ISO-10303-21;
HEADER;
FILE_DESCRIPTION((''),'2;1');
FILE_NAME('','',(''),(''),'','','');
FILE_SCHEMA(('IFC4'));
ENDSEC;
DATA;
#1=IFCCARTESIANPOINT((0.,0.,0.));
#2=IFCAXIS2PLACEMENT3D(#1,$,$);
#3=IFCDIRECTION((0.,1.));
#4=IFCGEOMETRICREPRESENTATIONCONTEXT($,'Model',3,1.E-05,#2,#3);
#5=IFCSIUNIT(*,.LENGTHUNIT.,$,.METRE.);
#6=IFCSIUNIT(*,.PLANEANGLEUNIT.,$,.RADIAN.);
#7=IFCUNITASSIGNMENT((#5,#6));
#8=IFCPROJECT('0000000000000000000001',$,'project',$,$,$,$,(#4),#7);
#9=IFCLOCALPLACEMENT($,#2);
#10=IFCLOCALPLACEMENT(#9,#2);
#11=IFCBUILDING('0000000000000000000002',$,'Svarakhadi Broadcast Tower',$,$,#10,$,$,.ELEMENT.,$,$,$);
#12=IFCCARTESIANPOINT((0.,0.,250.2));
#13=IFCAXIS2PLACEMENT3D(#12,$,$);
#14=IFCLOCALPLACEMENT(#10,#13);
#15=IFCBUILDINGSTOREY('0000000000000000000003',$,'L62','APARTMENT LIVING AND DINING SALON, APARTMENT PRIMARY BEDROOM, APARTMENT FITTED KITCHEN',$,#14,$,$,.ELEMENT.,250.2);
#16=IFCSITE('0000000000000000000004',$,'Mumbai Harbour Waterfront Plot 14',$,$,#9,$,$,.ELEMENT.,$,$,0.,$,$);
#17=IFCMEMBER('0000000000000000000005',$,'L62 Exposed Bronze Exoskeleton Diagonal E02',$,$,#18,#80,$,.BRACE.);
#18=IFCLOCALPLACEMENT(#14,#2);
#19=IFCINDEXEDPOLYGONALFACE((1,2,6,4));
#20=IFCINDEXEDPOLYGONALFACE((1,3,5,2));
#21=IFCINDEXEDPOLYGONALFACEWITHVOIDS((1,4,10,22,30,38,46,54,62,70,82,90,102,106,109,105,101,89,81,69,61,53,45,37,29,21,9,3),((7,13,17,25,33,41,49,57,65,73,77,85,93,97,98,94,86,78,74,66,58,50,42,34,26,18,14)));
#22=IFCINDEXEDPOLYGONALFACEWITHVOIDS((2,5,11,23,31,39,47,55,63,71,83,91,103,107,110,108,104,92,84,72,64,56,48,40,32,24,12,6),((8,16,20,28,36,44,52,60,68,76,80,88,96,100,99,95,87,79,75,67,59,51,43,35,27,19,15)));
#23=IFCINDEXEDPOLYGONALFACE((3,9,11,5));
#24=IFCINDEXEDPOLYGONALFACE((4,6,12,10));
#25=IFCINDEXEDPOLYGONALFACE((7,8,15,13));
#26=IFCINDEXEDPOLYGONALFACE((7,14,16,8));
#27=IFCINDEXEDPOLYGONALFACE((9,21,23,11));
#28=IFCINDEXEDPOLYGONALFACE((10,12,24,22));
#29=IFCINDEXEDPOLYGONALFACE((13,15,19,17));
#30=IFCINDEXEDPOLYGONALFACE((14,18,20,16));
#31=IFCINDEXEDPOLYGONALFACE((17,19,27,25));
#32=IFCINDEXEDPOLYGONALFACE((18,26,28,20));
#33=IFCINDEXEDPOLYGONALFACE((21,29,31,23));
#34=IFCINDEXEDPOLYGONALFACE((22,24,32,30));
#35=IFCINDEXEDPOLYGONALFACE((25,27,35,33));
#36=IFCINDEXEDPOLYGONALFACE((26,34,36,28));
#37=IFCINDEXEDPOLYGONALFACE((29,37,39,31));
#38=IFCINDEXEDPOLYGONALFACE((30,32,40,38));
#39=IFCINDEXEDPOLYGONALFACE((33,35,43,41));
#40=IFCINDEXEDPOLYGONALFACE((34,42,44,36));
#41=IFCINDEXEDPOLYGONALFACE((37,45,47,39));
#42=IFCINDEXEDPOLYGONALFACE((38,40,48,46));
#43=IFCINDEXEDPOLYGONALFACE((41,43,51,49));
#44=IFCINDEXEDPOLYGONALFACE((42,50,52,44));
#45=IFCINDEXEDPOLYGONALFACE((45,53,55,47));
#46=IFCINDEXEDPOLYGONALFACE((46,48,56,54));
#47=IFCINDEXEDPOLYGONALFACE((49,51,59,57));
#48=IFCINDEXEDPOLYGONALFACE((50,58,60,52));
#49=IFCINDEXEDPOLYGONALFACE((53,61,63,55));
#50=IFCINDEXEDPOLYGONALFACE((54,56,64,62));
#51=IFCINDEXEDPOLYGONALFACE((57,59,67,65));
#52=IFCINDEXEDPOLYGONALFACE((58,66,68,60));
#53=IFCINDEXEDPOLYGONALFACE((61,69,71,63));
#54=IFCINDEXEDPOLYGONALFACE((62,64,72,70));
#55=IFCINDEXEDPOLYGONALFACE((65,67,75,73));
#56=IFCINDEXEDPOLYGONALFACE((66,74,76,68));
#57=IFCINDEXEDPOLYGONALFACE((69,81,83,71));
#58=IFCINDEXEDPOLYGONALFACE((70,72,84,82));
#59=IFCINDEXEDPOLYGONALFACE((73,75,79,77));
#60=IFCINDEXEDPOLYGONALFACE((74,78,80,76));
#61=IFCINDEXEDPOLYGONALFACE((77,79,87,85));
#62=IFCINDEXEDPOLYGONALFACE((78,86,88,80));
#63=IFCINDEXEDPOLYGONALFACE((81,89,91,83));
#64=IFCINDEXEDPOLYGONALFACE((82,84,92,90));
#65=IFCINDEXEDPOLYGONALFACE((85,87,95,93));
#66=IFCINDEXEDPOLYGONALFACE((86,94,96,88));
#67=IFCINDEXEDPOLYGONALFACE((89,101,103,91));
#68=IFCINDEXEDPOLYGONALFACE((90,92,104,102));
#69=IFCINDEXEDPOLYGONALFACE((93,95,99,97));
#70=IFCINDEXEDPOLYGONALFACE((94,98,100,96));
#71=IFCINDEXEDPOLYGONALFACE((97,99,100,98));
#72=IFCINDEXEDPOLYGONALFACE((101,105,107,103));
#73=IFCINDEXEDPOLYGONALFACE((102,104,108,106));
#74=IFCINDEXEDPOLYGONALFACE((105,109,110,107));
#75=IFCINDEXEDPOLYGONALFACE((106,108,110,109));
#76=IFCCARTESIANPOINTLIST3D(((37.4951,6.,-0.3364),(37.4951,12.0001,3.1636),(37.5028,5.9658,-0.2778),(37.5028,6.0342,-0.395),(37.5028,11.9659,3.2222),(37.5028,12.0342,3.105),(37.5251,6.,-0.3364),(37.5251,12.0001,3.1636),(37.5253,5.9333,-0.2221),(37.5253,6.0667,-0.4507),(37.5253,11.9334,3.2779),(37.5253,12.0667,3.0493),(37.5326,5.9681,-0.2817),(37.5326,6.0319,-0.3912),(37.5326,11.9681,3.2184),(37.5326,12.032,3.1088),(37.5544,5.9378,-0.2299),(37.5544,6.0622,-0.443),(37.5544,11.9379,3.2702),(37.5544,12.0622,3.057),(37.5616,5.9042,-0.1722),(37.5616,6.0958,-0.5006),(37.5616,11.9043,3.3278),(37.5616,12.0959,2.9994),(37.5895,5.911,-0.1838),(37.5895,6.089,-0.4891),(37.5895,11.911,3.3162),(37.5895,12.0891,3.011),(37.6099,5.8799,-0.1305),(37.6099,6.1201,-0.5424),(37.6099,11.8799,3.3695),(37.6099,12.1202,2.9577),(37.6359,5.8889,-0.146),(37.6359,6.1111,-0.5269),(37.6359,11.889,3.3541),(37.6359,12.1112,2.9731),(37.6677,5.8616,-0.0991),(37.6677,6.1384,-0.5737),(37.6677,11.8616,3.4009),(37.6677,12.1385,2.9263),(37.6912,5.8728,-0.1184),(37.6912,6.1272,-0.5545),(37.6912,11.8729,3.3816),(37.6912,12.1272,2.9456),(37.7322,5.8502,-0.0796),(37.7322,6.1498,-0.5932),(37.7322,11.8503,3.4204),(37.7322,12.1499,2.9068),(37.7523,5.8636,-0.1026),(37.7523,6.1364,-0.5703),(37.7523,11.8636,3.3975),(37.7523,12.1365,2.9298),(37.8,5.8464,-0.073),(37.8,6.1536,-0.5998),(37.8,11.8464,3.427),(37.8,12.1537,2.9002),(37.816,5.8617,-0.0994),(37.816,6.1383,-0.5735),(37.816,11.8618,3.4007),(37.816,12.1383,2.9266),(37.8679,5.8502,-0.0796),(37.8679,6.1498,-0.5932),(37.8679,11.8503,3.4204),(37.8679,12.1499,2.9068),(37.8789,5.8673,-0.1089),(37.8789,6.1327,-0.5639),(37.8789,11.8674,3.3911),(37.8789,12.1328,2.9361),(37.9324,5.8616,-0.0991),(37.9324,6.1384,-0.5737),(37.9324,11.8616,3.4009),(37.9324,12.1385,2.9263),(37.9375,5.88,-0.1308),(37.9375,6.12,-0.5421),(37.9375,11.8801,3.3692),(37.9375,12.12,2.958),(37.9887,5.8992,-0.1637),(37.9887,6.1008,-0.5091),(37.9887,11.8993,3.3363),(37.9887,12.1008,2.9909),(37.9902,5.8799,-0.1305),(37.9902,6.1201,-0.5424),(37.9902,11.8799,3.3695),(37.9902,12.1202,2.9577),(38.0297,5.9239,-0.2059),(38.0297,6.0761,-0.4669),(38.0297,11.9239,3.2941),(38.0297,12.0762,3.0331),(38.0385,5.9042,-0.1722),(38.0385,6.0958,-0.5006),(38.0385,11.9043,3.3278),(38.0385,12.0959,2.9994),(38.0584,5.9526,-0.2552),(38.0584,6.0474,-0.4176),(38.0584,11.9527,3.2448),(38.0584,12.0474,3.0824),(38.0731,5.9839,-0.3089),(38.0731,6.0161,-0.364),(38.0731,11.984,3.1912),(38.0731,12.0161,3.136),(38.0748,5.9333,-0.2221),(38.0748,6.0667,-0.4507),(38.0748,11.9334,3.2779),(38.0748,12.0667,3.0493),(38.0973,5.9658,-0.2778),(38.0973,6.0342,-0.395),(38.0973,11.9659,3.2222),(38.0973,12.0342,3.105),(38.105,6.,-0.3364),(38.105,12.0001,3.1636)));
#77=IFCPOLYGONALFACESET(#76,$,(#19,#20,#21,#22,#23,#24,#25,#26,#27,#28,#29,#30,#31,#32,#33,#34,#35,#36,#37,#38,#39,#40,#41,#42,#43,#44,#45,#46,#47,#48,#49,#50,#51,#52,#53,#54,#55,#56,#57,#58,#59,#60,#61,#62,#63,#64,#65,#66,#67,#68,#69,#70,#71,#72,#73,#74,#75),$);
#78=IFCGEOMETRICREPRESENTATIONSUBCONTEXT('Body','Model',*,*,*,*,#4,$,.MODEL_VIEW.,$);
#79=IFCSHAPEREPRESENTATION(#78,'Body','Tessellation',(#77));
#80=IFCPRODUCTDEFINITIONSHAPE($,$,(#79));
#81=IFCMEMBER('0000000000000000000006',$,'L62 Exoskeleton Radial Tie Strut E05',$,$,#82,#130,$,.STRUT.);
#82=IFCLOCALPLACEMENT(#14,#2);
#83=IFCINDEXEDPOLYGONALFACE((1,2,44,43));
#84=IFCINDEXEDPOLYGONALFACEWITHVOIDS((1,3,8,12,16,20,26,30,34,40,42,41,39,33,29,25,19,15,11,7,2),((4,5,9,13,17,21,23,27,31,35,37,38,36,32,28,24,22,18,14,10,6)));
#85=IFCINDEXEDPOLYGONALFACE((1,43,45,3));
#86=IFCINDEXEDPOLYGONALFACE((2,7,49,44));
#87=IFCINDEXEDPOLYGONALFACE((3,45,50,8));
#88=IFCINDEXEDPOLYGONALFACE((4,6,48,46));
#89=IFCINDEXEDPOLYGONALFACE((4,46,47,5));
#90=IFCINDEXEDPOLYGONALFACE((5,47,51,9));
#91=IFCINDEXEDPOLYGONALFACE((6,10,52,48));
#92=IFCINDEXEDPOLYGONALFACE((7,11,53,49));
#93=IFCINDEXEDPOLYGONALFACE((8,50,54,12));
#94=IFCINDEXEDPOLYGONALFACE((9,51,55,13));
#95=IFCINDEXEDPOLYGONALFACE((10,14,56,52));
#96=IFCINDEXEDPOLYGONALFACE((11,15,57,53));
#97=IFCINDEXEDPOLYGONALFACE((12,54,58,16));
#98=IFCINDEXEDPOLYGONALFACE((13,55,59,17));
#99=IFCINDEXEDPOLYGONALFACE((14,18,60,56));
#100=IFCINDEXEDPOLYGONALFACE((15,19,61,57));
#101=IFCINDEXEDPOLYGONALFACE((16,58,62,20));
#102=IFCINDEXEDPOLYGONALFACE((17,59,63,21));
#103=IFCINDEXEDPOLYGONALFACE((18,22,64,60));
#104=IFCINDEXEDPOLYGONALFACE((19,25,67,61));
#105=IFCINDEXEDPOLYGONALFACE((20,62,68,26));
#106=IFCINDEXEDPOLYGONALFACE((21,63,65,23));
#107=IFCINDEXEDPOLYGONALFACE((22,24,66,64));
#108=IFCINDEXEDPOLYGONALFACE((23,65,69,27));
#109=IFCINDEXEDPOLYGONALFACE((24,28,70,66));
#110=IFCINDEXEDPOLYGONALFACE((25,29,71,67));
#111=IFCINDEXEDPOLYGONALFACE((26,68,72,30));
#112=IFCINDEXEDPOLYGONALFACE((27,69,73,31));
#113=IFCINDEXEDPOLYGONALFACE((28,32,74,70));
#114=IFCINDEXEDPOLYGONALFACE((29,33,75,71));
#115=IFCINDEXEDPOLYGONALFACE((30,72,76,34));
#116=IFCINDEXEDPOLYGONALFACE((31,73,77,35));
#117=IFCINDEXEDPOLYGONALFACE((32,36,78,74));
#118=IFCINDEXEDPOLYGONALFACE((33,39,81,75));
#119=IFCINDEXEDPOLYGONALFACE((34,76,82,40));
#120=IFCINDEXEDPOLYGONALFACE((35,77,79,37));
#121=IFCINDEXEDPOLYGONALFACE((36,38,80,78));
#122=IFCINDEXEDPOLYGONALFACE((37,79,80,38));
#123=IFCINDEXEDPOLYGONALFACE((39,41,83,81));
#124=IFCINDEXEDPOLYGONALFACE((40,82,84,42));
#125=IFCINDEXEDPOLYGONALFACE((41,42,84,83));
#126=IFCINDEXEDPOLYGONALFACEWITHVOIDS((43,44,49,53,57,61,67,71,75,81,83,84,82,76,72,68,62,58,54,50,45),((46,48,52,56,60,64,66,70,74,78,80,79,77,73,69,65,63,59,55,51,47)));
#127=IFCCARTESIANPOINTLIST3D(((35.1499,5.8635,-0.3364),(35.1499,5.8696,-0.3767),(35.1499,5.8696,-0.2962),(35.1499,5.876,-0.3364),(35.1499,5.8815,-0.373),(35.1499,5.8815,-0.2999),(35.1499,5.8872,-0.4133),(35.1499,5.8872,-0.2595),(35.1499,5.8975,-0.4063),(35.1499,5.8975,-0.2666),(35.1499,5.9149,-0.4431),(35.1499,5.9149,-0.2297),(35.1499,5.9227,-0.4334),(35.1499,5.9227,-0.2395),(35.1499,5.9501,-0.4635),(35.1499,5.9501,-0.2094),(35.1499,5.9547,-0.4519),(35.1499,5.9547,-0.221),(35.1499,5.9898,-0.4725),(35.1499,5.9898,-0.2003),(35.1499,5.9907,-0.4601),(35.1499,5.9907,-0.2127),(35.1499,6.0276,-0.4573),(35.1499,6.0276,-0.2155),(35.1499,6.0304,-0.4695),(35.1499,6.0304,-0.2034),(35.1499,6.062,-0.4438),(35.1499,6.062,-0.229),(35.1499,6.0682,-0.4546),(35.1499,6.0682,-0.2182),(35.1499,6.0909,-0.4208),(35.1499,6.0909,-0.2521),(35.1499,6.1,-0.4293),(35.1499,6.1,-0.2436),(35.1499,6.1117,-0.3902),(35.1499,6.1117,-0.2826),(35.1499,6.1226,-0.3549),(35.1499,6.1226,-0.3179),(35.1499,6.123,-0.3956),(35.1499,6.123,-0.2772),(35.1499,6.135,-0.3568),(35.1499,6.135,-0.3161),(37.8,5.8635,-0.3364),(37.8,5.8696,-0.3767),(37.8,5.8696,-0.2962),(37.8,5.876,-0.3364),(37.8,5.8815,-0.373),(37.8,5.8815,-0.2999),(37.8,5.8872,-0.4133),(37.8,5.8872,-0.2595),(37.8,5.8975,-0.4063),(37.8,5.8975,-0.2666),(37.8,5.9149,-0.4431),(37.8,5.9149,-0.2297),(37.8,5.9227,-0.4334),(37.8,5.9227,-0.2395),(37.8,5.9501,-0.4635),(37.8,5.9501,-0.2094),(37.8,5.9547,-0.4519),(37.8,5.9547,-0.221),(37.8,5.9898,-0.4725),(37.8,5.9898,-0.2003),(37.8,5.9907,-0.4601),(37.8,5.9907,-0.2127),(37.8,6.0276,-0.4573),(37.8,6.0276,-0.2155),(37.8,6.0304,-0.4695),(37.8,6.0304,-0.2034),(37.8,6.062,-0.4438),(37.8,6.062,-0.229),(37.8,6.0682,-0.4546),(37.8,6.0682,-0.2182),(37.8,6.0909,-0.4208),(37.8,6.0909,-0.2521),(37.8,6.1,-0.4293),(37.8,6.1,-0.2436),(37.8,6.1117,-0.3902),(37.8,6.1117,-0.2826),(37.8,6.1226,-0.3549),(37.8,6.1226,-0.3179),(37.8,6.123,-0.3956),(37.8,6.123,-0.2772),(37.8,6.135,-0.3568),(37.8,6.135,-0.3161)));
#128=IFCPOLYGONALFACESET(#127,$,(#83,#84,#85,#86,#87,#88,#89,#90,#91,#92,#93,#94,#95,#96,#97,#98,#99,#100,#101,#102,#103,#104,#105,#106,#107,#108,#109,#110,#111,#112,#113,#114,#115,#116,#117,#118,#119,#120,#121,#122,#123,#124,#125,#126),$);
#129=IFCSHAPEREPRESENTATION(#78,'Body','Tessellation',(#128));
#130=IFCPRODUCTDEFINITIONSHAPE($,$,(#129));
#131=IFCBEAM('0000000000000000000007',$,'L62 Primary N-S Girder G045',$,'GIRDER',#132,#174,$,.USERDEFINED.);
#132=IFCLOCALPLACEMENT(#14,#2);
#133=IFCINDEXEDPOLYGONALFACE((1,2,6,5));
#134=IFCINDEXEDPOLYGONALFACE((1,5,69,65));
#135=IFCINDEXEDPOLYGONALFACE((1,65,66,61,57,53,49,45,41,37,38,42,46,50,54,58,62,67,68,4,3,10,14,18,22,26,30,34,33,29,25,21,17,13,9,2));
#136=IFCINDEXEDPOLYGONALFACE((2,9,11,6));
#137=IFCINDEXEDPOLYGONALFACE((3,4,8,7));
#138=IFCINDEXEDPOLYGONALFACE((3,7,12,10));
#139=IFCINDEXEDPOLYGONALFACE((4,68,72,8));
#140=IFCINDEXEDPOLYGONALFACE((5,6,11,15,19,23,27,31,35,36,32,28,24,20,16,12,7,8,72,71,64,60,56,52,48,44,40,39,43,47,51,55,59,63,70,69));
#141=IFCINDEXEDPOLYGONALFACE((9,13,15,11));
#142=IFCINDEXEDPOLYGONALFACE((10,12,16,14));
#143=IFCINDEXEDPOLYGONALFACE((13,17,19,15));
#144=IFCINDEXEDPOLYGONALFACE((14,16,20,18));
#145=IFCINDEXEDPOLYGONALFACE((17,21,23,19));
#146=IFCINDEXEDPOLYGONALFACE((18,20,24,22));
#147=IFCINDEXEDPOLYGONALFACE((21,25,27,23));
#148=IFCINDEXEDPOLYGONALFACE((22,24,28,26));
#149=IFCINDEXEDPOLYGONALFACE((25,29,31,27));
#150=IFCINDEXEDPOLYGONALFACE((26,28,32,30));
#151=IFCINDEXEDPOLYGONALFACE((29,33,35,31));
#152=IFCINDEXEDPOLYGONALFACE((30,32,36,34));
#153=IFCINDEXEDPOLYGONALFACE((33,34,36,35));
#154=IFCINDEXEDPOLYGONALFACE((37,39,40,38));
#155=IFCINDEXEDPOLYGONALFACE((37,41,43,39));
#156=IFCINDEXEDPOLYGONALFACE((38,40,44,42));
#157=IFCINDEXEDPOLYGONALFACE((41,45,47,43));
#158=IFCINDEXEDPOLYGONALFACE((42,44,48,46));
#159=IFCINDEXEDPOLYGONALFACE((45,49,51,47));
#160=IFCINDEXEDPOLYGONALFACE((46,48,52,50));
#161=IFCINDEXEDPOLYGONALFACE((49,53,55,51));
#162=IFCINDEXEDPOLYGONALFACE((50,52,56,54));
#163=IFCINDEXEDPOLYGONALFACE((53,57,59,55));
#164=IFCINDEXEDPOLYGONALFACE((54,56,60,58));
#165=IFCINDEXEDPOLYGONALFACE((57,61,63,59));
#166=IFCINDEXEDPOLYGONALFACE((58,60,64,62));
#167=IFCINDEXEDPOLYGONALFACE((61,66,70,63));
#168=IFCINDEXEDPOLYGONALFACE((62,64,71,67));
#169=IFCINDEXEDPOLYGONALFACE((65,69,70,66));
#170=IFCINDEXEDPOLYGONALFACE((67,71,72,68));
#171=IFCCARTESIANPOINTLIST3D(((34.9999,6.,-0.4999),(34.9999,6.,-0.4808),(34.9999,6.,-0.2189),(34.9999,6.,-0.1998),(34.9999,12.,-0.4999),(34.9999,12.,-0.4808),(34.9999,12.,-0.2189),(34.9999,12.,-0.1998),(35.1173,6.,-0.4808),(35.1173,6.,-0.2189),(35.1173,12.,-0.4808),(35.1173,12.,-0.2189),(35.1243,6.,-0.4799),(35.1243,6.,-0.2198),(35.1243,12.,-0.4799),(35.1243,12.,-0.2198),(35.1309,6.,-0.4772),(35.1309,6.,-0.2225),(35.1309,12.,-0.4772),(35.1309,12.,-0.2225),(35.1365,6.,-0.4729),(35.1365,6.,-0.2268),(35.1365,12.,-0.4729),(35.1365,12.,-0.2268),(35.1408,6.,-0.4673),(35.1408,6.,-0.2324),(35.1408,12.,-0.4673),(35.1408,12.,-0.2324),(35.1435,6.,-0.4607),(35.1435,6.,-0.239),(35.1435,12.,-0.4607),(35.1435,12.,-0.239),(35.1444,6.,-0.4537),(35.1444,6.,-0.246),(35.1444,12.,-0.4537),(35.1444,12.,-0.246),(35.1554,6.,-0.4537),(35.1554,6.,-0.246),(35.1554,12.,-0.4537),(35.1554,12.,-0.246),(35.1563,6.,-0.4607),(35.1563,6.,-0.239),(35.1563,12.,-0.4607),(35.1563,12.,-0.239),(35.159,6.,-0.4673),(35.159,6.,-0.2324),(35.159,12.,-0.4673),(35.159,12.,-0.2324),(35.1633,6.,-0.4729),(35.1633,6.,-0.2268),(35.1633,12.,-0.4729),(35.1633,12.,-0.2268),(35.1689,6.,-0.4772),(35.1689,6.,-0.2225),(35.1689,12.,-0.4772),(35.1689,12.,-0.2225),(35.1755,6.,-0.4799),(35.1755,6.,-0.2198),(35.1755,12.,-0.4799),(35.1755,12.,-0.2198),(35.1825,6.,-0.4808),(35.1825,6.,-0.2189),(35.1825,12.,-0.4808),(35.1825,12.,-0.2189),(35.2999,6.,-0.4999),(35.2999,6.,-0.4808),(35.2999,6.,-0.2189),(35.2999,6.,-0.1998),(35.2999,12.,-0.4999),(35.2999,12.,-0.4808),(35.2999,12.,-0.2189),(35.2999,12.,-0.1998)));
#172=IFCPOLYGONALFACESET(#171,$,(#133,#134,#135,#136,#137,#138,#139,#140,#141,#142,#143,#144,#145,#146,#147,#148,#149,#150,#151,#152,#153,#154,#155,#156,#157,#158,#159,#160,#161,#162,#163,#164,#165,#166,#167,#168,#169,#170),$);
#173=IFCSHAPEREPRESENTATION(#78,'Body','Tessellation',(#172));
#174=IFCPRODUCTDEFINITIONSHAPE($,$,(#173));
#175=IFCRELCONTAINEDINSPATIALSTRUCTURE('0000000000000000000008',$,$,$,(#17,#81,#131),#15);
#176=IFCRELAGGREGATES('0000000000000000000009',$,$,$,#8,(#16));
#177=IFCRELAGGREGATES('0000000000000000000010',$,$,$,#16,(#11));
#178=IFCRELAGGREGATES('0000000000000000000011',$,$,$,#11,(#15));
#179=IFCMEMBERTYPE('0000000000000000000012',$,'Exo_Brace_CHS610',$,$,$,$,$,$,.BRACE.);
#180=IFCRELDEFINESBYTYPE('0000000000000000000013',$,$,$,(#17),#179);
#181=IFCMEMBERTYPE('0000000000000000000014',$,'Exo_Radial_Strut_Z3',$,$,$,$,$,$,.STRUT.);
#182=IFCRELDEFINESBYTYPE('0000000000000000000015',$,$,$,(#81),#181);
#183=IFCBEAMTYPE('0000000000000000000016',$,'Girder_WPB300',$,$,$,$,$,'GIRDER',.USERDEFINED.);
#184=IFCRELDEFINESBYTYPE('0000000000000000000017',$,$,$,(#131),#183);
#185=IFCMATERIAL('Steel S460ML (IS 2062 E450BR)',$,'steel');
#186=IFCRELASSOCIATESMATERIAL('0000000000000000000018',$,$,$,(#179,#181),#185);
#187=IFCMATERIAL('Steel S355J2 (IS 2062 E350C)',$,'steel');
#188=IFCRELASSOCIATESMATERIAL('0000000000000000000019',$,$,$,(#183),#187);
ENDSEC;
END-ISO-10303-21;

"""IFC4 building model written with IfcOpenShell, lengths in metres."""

from ifc_helpers import new_model, si_unit, direction, frame, origin, origin_2d, place, context, subcontext, project, spatial, hollow_circle, i_section, extrude, material, material_profile, profile_set, type_object, element, save


model = new_model("IFC4")

# Units and contexts
model_context = context("Model", 3, precision=1e-05, world=origin(), true_north=direction((0.0, 1.0)))
body_context = subcontext(model_context, "Body", "Model", "MODEL_VIEW")
ifc_project = project(units=[si_unit("LENGTHUNIT", "METRE"), si_unit("PLANEANGLEUNIT", "RADIAN")], contexts=[model_context])

# Site, building, storey
site_placement = place(None, origin())
site = spatial("IfcSite", under=ifc_project, at=site_placement, Name="Mumbai Harbour Waterfront Plot 14", CompositionType="ELEMENT", RefElevation=0.0)
building_placement = place(site_placement, origin())
building = spatial("IfcBuilding", under=site, at=building_placement, Name="Svarakhadi Broadcast Tower", CompositionType="ELEMENT")
storey_placement = place(building_placement, frame((0.0, 0.0, 250.2)))
storey = spatial("IfcBuildingStorey", under=building, at=storey_placement, Name="L62", Description="APARTMENT LIVING AND DINING SALON, APARTMENT PRIMARY BEDROOM, APARTMENT FITTED KITCHEN", CompositionType="ELEMENT", Elevation=250.2)

# Shared definitions
ifc_material_1 = material(Name="Steel S460ML (IS 2062 E450BR)", Category="steel")

# Members
ifc_material_profile_1 = material_profile(ifc_material_1, hollow_circle(Radius=0.3049, WallThickness=0.03, at=origin_2d()), Name="CHS 610x30")
ifc_profile_set_1 = profile_set([ifc_material_profile_1], Name="Steel S460ML (IS 2062 E450BR)")
member_type_1 = type_object("IfcMemberType", Name="Exo_Brace_CHS610", PredefinedType="BRACE", material=ifc_profile_set_1)
member_1_placement = place(storey_placement, frame((37.8, 6.0, -0.3364), z_axis=(0.0, 0.863779, 0.503871), x_axis=(-1.0, 0.0, 0.0)))
element("IfcMember", 1, at=member_1_placement, inside=storey, type_object=member_type_1, Name="L62 Exposed Bronze Exoskeleton Diagonal E02", PredefinedType="BRACE", context=body_context, shape_type="SweptSolid", body=[
    extrude(hollow_circle(Radius=0.3049, WallThickness=0.03, at=origin_2d()), origin(), (0.0, 0.0, 1.0), 6.9463),
])
ifc_material_profile_2 = material_profile(ifc_material_1, hollow_circle(Radius=0.1365, WallThickness=0.0125, at=origin_2d()), Name="CHS 273x12.5")
ifc_profile_set_2 = profile_set([ifc_material_profile_2], Name="Steel S460ML (IS 2062 E450BR)")
member_type_2 = type_object("IfcMemberType", Name="Exo_Radial_Strut_Z3", PredefinedType="STRUT", material=ifc_profile_set_2)
member_2_placement = place(storey_placement, frame((37.8, 6.0, -0.3364), z_axis=(-1.0, 0.0, 0.0), x_axis=(0.0, -1.0, 0.0)))
element("IfcMember", 2, at=member_2_placement, inside=storey, type_object=member_type_2, Name="L62 Exoskeleton Radial Tie Strut E05", PredefinedType="STRUT", context=body_context, shape_type="SweptSolid", body=[
    extrude(hollow_circle(Radius=0.1365, WallThickness=0.0125, at=origin_2d()), origin(), (0.0, 0.0, 1.0), 2.6501),
])

# Beam
ifc_material_2 = material(Name="Steel S355J2 (IS 2062 E350C)", Category="steel")
ifc_material_profile_3 = material_profile(ifc_material_2, i_section(OverallWidth=0.3, OverallDepth=0.3, WebThickness=0.011, FlangeThickness=0.019, FilletRadius=0.0271, at=origin_2d()), Name="WPB 300x300x117")
ifc_profile_set_3 = profile_set([ifc_material_profile_3], Name="Steel S355J2 (IS 2062 E350C)")
beam_type_1 = type_object("IfcBeamType", Name="Girder_WPB300", ElementType="GIRDER", PredefinedType="USERDEFINED", material=ifc_profile_set_3)
beam_1_placement = place(storey_placement, frame((35.1499, 6.0, -0.3499), z_axis=(0.0, 1.0, 0.0), x_axis=(-1.0, 0.0, 0.0)))
element("IfcBeam", 3, at=beam_1_placement, inside=storey, type_object=beam_type_1, Name="L62 Primary N-S Girder G045", ObjectType="GIRDER", PredefinedType="USERDEFINED", context=body_context, shape_type="SweptSolid", body=[
    extrude(i_section(OverallWidth=0.3, OverallDepth=0.3, WebThickness=0.011, FlangeThickness=0.019, FilletRadius=0.0271, at=origin_2d()), origin(), (0.0, 0.0, 1.0), 6.0),
])

save(model, "model.ifc")
